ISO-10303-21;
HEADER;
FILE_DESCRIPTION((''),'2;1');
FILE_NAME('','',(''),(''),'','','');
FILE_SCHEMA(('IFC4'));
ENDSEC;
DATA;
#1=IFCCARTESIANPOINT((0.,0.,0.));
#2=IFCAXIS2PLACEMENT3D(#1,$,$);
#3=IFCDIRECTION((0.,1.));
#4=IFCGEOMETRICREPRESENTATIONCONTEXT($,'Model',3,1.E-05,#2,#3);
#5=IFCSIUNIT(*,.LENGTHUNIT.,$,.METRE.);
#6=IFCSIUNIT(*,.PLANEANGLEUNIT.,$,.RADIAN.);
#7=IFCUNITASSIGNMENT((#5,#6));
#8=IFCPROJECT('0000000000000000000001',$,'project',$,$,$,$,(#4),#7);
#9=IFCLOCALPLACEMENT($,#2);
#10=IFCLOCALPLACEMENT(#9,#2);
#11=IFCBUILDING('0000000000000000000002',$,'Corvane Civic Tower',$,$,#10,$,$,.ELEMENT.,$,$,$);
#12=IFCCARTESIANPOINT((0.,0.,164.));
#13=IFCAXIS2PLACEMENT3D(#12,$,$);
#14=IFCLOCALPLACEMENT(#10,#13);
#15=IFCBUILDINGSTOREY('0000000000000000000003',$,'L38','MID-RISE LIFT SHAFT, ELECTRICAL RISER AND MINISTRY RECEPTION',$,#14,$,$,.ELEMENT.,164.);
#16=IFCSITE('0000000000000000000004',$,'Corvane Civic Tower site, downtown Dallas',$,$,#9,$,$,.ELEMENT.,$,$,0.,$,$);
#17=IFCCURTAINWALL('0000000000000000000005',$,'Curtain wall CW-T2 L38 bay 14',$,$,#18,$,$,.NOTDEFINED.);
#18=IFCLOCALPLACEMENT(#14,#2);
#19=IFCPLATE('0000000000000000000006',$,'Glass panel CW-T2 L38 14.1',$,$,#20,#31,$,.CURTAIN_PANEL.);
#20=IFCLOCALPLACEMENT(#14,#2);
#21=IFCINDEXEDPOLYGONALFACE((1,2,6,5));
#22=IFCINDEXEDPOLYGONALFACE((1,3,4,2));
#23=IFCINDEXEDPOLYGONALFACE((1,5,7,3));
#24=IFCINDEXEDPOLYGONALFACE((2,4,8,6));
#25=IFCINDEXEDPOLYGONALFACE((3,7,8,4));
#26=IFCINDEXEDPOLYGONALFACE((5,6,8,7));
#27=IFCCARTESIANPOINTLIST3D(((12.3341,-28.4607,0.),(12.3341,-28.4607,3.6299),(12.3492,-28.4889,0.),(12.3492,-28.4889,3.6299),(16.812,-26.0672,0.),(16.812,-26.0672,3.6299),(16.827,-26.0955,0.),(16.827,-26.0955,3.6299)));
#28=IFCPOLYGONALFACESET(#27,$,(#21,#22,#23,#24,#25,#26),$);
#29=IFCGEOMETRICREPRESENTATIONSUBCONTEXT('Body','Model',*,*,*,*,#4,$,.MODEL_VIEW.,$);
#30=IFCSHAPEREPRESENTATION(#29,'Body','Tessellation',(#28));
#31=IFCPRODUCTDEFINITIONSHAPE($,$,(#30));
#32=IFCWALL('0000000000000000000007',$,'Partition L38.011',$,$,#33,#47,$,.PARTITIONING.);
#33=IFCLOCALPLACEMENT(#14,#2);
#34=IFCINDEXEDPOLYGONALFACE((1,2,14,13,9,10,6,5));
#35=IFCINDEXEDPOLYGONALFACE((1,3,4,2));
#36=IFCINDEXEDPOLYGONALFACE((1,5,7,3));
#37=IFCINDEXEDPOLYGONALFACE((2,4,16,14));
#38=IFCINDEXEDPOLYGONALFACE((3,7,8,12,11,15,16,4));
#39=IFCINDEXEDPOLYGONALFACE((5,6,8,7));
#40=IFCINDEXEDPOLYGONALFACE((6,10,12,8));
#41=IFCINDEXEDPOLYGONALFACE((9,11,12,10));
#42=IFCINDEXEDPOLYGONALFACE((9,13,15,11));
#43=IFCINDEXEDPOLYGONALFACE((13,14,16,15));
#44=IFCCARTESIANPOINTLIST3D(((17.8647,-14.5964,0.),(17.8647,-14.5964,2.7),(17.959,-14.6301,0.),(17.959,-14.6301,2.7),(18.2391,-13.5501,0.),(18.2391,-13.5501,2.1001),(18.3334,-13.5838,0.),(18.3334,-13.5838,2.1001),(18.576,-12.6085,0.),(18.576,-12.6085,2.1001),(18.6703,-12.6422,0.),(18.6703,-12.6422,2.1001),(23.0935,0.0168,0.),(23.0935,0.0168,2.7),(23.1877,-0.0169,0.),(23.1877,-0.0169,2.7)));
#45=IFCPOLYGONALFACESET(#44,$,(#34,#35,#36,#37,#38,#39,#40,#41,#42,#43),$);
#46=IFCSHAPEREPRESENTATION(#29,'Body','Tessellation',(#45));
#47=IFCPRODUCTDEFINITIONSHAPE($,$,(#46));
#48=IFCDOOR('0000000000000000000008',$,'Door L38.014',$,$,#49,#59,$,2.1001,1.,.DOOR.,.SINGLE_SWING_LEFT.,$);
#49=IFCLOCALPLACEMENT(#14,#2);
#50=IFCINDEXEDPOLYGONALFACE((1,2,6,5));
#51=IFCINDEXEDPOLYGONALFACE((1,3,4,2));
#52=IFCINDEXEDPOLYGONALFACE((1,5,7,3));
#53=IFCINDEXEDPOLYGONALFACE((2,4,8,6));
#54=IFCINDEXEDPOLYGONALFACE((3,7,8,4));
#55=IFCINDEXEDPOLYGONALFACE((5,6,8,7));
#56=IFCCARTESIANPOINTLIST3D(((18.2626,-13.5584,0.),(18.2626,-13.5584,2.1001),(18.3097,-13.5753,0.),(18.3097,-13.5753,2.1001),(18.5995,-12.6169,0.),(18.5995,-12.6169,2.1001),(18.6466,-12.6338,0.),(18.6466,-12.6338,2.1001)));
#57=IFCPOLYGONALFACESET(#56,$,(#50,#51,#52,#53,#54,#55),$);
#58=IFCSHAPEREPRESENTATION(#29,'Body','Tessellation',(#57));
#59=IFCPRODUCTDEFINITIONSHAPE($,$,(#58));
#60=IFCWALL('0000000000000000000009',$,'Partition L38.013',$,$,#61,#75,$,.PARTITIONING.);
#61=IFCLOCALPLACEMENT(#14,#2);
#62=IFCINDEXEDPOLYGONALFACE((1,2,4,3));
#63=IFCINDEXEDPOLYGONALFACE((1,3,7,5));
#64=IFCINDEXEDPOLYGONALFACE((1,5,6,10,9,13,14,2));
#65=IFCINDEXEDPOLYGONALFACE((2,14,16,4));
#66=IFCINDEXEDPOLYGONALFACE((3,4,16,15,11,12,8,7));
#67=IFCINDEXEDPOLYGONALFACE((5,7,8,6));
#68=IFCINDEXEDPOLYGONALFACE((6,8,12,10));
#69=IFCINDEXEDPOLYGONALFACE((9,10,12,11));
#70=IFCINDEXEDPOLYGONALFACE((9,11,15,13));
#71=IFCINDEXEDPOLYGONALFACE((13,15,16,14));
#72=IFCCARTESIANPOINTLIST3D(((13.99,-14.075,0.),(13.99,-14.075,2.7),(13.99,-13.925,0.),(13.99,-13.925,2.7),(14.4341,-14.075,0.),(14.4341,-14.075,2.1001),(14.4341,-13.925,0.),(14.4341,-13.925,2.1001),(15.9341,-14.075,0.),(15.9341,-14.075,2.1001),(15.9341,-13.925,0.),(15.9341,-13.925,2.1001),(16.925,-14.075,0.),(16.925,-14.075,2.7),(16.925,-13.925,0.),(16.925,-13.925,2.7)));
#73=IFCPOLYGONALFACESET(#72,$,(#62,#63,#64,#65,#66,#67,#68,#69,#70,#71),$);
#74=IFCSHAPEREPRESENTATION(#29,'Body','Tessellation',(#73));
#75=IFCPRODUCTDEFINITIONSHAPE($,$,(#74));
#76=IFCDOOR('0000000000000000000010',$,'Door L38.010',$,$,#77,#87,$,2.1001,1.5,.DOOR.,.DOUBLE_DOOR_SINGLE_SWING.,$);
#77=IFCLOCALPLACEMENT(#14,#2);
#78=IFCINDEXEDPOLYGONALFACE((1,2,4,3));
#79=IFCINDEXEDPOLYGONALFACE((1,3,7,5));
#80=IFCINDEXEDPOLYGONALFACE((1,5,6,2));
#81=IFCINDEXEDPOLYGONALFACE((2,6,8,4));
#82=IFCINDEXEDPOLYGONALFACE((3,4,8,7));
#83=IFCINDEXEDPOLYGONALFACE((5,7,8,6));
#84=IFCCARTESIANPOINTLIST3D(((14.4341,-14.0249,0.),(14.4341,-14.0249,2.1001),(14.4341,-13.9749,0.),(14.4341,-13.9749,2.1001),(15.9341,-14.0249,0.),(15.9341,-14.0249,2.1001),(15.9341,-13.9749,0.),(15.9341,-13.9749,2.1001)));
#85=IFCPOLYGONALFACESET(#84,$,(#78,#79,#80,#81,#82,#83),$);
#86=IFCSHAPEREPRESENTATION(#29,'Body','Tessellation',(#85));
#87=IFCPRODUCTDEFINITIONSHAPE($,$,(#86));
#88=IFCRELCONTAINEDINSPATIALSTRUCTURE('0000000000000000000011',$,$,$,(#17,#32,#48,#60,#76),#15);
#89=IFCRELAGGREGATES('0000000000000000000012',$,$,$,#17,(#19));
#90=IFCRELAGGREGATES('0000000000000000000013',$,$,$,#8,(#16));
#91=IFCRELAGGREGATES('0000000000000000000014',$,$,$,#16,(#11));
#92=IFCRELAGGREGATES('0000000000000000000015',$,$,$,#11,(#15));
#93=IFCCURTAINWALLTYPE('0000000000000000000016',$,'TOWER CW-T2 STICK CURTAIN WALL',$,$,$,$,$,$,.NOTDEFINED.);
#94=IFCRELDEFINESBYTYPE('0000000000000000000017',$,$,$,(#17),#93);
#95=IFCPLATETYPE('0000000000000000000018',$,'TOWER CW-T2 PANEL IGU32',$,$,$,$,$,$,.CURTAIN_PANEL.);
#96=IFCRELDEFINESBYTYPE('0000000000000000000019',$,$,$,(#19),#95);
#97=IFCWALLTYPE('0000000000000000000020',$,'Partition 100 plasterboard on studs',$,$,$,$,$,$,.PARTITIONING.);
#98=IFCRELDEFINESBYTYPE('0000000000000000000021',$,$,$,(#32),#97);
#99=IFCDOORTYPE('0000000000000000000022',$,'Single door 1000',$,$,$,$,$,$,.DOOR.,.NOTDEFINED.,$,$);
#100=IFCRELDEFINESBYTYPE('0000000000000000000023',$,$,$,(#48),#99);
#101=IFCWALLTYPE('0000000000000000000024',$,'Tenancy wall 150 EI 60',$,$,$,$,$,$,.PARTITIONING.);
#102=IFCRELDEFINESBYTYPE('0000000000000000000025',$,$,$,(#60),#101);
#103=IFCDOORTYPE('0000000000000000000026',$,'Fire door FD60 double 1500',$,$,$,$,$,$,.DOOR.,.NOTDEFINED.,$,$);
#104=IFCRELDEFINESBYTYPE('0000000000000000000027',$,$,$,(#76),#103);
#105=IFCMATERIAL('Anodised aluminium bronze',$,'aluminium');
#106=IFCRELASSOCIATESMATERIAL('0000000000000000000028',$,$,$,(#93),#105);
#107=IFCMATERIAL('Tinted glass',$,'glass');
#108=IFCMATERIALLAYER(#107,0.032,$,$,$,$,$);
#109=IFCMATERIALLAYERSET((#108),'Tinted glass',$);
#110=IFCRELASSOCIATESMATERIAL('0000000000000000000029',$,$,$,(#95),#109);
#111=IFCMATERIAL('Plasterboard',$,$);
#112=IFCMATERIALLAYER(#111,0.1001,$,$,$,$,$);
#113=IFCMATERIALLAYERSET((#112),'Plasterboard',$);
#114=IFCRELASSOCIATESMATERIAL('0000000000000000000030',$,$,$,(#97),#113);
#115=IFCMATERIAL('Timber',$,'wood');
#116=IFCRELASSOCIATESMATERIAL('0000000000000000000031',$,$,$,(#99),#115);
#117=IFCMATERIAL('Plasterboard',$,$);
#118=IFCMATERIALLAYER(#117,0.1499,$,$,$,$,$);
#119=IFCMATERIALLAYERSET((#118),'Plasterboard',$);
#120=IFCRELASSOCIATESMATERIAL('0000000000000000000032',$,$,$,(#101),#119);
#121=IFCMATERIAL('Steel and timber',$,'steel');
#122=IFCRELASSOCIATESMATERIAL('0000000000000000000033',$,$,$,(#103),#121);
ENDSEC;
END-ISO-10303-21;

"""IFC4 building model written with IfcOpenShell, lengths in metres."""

from ifc_helpers import new_model, si_unit, direction, frame, frame_2d, origin, origin_2d, place, context, subcontext, project, spatial, rectangle, extrude, material, layer, layer_set, type_object, element, fill, aggregate, save


model = new_model("IFC4")

# Units and contexts
model_context = context("Model", 3, precision=1e-05, world=origin(), true_north=direction((0.0, 1.0)))
body_context = subcontext(model_context, "Body", "Model", "MODEL_VIEW")
ifc_project = project(units=[si_unit("LENGTHUNIT", "METRE"), si_unit("PLANEANGLEUNIT", "RADIAN")], contexts=[model_context])

# Site, building, storey
site_placement = place(None, origin())
site = spatial("IfcSite", under=ifc_project, at=site_placement, Name="Corvane Civic Tower site, downtown Dallas", CompositionType="ELEMENT", RefElevation=0.0)
building_placement = place(site_placement, origin())
building = spatial("IfcBuilding", under=site, at=building_placement, Name="Corvane Civic Tower", CompositionType="ELEMENT")
storey_placement = place(building_placement, frame((0.0, 0.0, 164.0)))
storey = spatial("IfcBuildingStorey", under=building, at=storey_placement, Name="L38", Description="MID-RISE LIFT SHAFT, ELECTRICAL RISER AND MINISTRY RECEPTION", CompositionType="ELEMENT", Elevation=164.0)

# Curtain wall
ifc_material_1 = material(Name="Anodised aluminium bronze", Category="aluminium")
curtain_wall_type = type_object("IfcCurtainWallType", Name="TOWER CW-T2 STICK CURTAIN WALL", PredefinedType="NOTDEFINED", material=ifc_material_1)
curtain_wall_1_placement = place(storey_placement, origin())
curtain_wall_1 = element("IfcCurtainWall", 1, at=curtain_wall_1_placement, inside=storey, type_object=curtain_wall_type, Name="Curtain wall CW-T2 L38 bay 14", PredefinedType="NOTDEFINED")

# Shared definitions
ifc_material_2 = material(Name="Tinted glass", Category="glass")
ifc_layer_1 = layer(ifc_material_2, 0.032)
ifc_layer_set_1 = layer_set([ifc_layer_1], Name="Tinted glass")
plate_type = type_object("IfcPlateType", Name="TOWER CW-T2 PANEL IGU32", PredefinedType="CURTAIN_PANEL", material=ifc_layer_set_1)

# Plate
plate_1_placement = place(storey_placement, frame((14.5806, -27.2781, 0.0), z_axis=(0.0, 0.0, 1.0), x_axis=(-0.881922, -0.471395, 0.0)))
plate_1 = element("IfcPlate", 2, at=plate_1_placement, type_object=plate_type, Name="Glass panel CW-T2 L38 14.1", PredefinedType="CURTAIN_PANEL", context=body_context, shape_type="SweptSolid", body=[
    extrude(rectangle(XDim=5.0774, YDim=0.032, at=origin_2d()), origin(), (0.0, 0.0, 1.0), 3.6299),
])
aggregate(curtain_wall_1, [plate_1])

# Walls, openings, doors
ifc_material_3 = material(Name="Plasterboard")
ifc_layer_2 = layer(ifc_material_3, 0.1001)
ifc_layer_set_2 = layer_set([ifc_layer_2], Name="Plasterboard")
wall_type_1 = type_object("IfcWallType", Name="Partition 100 plasterboard on studs", PredefinedType="PARTITIONING", material=ifc_layer_set_2)
wall_1_placement = place(storey_placement, frame((17.9119, -14.6133, 0.0), z_axis=(0.0, 0.0, 1.0), x_axis=(0.336892, 0.941543, 0.0)))
wall_1 = element("IfcWall", 3, at=wall_1_placement, inside=storey, type_object=wall_type_1, Name="Partition L38.011", PredefinedType="PARTITIONING", context=body_context, shape_type="SweptSolid", body=[
    extrude(rectangle(XDim=15.5205, YDim=0.1001, at=frame_2d((7.7603, 0.0))), origin(), (0.0, 0.0, 1.0), 2.7),
])
opening_1_placement = place(wall_1_placement, frame((1.1113, 0.0, 0.0)))
opening_1 = element("IfcOpeningElement", 4, at=opening_1_placement, cuts=wall_1, PredefinedType="OPENING", context=body_context, shape_type="SweptSolid", body=[
    extrude(rectangle(XDim=1.0, YDim=2.1001, at=frame_2d((0.5, 1.05))), frame((0.0, 0.0601, 0.0), z_axis=(0.0, -1.0, 0.0), x_axis=(1.0, 0.0, 0.0)), (0.0, 0.0, 1.0), 0.1201),
])
ifc_material_4 = material(Name="Timber", Category="wood")
door_type_1 = type_object("IfcDoorType", Name="Single door 1000", OperationType="NOTDEFINED", PredefinedType="DOOR", material=ifc_material_4)
door_1_placement = place(opening_1_placement, frame((1.0, 0.0, 0.0), z_axis=(0.0, 0.0, 1.0), x_axis=(-1.0, 0.0, 0.0)))
door_1 = element("IfcDoor", 5, at=door_1_placement, inside=storey, type_object=door_type_1, Name="Door L38.014", OperationType="SINGLE_SWING_LEFT", OverallHeight=2.1001, OverallWidth=1.0, PredefinedType="DOOR", context=body_context, shape_type="SweptSolid", body=[
    extrude(rectangle(XDim=1.0, YDim=2.1001, at=frame_2d((0.5, 1.05))), frame((0.0, 0.0249, 0.0), z_axis=(0.0, -1.0, 0.0), x_axis=(1.0, 0.0, 0.0)), (0.0, 0.0, 1.0), 0.05),
])
fill(opening_1, door_1)
ifc_material_5 = material(Name="Plasterboard")
ifc_layer_3 = layer(ifc_material_5, 0.1499)
ifc_layer_set_3 = layer_set([ifc_layer_3], Name="Plasterboard")
wall_type_2 = type_object("IfcWallType", Name="Tenancy wall 150 EI 60", PredefinedType="PARTITIONING", material=ifc_layer_set_3)
wall_2_placement = place(storey_placement, frame((13.99, -14.0, 0.0), z_axis=(0.0, 0.0, 1.0), x_axis=(1.0, 0.0, 0.0)))
wall_2 = element("IfcWall", 6, at=wall_2_placement, inside=storey, type_object=wall_type_2, Name="Partition L38.013", PredefinedType="PARTITIONING", context=body_context, shape_type="SweptSolid", body=[
    extrude(rectangle(XDim=2.9351, YDim=0.1499, at=frame_2d((1.4675, 0.0))), origin(), (0.0, 0.0, 1.0), 2.7),
])
opening_2_placement = place(wall_2_placement, frame((0.4441, 0.0, 0.0)))
opening_2 = element("IfcOpeningElement", 7, at=opening_2_placement, cuts=wall_2, PredefinedType="OPENING", context=body_context, shape_type="SweptSolid", body=[
    extrude(rectangle(XDim=1.5, YDim=2.1001, at=frame_2d((0.75, 1.05))), frame((0.0, 0.085, 0.0), z_axis=(0.0, -1.0, 0.0), x_axis=(1.0, 0.0, 0.0)), (0.0, 0.0, 1.0), 0.1699),
])
ifc_material_6 = material(Name="Steel and timber", Category="steel")
door_type_2 = type_object("IfcDoorType", Name="Fire door FD60 double 1500", OperationType="NOTDEFINED", PredefinedType="DOOR", material=ifc_material_6)
door_2_placement = place(opening_2_placement, frame((1.5, 0.0, 0.0), z_axis=(0.0, 0.0, 1.0), x_axis=(-1.0, 0.0, 0.0)))
door_2 = element("IfcDoor", 8, at=door_2_placement, inside=storey, type_object=door_type_2, Name="Door L38.010", OperationType="DOUBLE_DOOR_SINGLE_SWING", OverallHeight=2.1001, OverallWidth=1.5, PredefinedType="DOOR", context=body_context, shape_type="SweptSolid", body=[
    extrude(rectangle(XDim=1.5, YDim=2.1001, at=frame_2d((0.75, 1.05))), frame((0.0, 0.0249, 0.0), z_axis=(0.0, -1.0, 0.0), x_axis=(1.0, 0.0, 0.0)), (0.0, 0.0, 1.0), 0.05),
])
fill(opening_2, door_2)

save(model, "model.ifc")
